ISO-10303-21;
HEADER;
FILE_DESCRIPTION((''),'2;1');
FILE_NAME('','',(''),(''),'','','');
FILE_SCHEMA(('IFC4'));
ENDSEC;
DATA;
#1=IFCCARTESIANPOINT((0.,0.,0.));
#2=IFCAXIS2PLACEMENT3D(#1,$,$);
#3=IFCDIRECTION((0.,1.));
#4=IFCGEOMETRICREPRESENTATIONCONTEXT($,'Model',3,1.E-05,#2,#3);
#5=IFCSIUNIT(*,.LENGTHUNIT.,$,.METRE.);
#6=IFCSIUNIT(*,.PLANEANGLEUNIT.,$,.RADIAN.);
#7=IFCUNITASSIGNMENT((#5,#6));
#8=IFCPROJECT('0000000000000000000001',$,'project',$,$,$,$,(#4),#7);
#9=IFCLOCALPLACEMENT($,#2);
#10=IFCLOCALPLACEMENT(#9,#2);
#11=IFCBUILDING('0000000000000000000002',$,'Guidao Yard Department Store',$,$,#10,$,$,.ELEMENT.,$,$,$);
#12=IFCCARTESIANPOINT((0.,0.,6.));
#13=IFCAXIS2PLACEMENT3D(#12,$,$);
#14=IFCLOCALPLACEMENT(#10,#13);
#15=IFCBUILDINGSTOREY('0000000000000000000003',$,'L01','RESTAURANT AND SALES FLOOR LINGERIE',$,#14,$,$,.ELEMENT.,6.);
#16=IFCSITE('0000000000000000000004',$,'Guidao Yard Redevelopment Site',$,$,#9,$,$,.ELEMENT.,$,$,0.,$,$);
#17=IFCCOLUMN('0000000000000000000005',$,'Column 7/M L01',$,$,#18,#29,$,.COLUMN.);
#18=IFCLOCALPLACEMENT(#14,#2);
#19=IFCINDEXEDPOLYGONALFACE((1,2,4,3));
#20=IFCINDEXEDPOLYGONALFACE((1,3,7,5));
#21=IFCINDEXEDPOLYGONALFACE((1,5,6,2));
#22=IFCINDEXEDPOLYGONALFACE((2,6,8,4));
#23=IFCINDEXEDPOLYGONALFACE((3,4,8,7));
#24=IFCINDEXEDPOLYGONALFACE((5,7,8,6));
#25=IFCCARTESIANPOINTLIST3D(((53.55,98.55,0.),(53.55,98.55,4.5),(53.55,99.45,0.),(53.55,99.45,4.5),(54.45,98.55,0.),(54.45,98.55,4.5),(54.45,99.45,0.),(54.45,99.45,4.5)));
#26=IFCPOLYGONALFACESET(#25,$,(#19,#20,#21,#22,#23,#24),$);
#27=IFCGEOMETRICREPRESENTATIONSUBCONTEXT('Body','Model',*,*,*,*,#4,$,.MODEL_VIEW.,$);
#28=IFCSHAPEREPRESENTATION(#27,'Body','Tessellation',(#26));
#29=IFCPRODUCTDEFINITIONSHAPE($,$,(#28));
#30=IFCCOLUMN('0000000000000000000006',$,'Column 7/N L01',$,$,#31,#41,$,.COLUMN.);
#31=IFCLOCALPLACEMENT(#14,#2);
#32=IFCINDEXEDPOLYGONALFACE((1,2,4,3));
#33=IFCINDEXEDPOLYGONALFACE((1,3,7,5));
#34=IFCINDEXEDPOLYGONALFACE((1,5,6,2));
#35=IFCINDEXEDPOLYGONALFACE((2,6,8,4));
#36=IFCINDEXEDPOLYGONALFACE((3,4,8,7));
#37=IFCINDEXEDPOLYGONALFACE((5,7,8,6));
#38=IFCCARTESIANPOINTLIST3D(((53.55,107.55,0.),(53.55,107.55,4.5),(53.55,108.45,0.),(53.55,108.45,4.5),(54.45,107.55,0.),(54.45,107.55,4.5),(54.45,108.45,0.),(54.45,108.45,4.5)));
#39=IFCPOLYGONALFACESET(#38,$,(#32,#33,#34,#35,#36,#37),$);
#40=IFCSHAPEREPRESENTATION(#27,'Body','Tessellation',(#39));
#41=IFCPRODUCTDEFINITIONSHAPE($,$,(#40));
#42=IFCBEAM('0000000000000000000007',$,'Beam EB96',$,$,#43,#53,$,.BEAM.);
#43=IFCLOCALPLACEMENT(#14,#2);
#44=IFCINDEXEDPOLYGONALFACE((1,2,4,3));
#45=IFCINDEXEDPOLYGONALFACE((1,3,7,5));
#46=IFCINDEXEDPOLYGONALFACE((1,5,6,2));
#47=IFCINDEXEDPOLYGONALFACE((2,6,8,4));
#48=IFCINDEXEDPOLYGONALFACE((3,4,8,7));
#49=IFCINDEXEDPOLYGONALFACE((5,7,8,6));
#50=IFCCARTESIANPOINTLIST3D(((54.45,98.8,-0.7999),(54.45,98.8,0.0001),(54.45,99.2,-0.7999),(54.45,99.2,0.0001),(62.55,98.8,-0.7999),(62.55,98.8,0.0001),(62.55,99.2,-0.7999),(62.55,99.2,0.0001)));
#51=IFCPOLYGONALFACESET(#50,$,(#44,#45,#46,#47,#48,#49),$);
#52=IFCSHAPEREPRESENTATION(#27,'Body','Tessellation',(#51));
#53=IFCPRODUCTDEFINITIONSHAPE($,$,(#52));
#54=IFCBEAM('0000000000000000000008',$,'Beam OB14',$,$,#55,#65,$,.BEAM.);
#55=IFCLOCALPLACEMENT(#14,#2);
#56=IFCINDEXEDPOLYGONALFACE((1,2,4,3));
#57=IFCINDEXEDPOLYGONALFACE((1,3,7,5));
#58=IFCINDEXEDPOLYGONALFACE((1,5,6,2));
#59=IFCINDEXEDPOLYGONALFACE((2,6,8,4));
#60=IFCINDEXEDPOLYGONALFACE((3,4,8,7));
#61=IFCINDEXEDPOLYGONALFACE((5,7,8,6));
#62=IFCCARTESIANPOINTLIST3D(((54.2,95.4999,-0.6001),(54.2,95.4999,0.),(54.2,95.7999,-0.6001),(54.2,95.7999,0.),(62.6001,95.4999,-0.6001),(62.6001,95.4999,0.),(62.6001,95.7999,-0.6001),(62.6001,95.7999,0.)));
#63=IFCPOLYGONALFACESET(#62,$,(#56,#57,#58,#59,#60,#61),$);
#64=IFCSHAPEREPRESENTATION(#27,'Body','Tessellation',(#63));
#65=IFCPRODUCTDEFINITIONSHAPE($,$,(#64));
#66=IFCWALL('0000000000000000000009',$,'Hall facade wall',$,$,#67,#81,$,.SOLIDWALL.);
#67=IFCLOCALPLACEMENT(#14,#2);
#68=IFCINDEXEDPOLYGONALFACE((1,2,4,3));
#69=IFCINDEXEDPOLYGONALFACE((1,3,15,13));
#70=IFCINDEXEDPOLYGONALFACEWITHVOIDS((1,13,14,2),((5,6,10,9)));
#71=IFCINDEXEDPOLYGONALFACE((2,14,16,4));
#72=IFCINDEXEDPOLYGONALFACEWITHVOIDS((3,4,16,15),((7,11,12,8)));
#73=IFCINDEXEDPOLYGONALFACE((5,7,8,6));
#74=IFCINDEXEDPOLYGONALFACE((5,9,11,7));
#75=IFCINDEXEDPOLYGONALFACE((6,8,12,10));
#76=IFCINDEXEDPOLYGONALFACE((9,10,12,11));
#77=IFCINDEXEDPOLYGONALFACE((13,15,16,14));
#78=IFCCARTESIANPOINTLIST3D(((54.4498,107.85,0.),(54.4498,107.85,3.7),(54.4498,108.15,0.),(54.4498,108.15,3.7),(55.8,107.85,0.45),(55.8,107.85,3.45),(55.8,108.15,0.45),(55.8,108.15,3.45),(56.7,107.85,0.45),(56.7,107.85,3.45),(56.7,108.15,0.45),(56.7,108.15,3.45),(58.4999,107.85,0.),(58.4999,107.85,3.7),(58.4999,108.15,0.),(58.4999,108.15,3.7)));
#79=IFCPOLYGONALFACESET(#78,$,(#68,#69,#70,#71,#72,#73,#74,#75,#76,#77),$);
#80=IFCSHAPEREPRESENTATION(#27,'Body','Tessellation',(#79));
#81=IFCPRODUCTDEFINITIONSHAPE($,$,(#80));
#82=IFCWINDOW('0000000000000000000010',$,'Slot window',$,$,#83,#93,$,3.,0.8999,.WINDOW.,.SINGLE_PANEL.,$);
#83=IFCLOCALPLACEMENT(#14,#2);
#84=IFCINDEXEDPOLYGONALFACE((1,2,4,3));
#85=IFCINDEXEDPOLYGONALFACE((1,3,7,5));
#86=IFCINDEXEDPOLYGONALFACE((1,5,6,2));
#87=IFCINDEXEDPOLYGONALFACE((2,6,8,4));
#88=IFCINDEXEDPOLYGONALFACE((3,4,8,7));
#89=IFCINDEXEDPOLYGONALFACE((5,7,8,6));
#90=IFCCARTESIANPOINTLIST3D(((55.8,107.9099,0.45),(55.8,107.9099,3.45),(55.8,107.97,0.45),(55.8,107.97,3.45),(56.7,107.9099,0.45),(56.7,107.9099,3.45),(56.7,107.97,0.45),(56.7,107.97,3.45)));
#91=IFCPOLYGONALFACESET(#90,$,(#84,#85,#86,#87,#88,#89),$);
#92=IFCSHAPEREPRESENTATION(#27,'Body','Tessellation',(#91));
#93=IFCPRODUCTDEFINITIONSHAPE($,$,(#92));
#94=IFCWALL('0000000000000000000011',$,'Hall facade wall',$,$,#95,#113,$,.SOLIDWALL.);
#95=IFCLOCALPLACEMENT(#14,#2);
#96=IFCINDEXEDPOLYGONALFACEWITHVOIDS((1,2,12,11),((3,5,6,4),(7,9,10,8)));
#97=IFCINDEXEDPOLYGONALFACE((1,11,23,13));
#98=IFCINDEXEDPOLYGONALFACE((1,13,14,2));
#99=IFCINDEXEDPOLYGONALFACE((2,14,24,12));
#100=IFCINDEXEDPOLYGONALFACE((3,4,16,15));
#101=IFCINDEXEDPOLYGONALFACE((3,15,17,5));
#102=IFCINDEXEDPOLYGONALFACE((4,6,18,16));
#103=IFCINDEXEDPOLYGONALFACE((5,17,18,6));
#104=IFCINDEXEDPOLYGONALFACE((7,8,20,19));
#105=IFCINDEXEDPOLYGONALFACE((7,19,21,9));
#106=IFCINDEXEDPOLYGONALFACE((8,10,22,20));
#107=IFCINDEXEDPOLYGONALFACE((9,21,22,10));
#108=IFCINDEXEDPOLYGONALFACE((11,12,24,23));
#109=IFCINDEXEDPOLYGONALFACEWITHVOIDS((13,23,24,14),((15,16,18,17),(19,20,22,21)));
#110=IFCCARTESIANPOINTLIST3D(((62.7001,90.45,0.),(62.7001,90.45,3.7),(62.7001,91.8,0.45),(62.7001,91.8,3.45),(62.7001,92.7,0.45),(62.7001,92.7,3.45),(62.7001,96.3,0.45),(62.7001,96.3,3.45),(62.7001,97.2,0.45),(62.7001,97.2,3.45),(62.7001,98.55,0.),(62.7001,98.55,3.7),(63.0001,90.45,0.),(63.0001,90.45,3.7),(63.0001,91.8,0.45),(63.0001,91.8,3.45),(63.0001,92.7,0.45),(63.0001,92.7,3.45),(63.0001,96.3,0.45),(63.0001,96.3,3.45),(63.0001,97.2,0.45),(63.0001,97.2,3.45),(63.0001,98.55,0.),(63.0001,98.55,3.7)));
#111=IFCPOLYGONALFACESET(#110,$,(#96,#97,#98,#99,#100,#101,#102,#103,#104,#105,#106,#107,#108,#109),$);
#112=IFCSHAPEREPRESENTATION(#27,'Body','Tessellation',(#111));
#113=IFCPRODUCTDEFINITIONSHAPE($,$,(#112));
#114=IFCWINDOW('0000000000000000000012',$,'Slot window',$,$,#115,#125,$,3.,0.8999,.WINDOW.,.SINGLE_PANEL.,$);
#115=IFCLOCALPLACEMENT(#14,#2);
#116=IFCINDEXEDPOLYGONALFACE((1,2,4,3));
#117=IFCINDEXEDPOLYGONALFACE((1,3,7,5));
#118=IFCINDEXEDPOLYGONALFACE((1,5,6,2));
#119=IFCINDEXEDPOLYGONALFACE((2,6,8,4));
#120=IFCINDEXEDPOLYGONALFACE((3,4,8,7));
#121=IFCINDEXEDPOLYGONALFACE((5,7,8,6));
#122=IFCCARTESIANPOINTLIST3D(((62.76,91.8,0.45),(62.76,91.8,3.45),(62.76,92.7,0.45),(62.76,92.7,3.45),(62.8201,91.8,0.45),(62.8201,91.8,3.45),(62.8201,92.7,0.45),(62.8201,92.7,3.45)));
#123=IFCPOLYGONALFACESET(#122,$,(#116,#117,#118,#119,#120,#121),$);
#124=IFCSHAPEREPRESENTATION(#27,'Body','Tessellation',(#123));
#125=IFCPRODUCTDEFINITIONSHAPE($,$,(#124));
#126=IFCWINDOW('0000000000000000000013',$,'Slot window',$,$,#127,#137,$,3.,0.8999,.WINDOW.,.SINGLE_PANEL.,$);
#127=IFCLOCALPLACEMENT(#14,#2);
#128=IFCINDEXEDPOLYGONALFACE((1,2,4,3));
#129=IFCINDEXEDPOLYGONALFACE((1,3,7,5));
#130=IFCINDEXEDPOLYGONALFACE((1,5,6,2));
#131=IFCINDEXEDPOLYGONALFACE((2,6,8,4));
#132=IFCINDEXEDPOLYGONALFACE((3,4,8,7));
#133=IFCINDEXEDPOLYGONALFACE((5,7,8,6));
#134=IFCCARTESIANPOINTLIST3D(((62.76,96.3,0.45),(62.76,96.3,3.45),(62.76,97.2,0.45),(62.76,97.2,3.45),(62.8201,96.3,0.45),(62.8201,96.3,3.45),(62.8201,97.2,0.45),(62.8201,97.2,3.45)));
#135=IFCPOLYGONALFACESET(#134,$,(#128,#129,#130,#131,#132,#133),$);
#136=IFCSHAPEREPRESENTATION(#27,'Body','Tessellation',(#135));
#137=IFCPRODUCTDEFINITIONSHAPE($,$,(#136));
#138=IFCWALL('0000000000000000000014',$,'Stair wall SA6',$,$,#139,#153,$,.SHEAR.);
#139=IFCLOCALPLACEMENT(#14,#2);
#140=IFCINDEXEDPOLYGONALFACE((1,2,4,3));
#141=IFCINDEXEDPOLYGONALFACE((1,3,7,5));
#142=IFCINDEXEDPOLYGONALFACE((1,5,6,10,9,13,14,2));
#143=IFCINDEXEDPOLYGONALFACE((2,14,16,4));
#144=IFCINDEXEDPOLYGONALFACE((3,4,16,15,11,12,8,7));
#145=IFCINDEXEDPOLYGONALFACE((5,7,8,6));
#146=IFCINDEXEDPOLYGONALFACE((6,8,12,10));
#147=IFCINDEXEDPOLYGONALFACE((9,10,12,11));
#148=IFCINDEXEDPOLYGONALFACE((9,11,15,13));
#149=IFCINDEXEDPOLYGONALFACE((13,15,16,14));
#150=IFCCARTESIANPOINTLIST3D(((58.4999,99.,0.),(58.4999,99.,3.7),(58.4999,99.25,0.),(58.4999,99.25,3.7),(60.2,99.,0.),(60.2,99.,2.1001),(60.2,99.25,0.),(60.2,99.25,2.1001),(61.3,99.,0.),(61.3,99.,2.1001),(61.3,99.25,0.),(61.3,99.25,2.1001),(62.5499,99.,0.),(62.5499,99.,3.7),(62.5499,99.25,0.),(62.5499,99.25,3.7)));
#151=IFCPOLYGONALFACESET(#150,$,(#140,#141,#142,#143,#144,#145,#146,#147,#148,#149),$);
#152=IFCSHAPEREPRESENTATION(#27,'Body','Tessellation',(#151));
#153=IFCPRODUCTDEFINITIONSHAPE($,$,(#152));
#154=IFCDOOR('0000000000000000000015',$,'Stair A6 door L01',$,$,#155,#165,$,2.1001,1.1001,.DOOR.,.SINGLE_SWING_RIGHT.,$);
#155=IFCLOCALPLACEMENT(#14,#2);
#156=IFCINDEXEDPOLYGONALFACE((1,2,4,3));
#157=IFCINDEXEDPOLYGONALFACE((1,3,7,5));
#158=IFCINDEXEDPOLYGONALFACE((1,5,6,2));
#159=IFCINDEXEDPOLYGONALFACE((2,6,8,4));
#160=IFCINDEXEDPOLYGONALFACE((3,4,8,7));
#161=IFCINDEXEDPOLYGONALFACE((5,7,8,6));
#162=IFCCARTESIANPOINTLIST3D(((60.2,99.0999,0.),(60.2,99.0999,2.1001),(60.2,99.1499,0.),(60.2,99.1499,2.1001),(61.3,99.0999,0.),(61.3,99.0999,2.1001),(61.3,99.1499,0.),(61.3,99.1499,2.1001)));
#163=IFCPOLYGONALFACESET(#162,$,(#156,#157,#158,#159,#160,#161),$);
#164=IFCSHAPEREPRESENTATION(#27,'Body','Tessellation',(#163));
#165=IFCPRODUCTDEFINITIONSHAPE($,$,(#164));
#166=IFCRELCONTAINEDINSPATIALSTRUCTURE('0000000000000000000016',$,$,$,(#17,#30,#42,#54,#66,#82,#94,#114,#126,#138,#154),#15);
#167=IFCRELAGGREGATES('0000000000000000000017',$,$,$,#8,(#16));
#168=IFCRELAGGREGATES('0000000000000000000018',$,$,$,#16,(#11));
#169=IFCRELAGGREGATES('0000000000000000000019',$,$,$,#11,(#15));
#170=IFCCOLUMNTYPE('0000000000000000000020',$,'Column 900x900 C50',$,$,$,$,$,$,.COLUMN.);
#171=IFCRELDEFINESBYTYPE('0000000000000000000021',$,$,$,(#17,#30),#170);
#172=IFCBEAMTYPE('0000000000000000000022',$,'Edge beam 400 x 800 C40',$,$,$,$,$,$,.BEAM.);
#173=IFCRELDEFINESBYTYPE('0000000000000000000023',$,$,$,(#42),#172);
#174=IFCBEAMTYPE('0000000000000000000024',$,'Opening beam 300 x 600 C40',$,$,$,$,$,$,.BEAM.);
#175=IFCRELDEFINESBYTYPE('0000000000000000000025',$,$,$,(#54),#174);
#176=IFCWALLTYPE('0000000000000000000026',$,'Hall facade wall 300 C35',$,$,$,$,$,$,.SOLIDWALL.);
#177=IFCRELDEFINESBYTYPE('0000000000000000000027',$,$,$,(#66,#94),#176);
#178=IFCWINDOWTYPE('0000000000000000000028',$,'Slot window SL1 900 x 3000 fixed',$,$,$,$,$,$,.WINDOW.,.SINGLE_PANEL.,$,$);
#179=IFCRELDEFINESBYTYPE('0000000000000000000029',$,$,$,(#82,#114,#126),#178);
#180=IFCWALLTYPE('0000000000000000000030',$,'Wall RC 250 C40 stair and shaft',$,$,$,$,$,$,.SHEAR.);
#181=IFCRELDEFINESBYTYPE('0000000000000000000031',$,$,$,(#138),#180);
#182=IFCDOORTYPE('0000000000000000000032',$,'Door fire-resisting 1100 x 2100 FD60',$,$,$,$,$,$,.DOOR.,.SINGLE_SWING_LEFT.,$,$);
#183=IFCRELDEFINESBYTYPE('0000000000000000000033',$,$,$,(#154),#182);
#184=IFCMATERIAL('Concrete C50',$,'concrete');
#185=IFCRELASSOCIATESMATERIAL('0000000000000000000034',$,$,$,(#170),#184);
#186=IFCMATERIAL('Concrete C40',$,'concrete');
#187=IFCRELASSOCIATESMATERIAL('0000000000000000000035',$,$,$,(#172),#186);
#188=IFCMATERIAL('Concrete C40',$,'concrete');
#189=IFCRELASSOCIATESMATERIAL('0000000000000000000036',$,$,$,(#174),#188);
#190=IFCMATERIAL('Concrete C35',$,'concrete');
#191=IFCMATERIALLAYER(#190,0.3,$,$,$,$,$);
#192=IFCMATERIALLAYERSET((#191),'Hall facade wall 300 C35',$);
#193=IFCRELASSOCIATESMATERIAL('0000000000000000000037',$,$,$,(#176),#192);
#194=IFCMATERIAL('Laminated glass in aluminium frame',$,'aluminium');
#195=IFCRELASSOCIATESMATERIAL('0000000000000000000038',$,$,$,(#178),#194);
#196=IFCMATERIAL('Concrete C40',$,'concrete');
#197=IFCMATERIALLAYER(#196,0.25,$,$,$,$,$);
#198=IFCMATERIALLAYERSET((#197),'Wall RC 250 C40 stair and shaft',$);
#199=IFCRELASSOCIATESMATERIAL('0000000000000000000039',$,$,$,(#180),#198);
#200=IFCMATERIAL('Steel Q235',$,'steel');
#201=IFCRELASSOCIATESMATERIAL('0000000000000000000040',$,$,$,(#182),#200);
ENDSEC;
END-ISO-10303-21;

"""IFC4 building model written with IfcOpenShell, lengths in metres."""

from ifc_helpers import new_model, si_unit, direction, frame, frame_2d, origin, origin_2d, place, context, subcontext, project, spatial, rectangle, extrude, material, layer, layer_set, material_profile, profile_set, type_object, element, fill, save


model = new_model("IFC4")

# Units and contexts
model_context = context("Model", 3, precision=1e-05, world=origin(), true_north=direction((0.0, 1.0)))
body_context = subcontext(model_context, "Body", "Model", "MODEL_VIEW")
ifc_project = project(units=[si_unit("LENGTHUNIT", "METRE"), si_unit("PLANEANGLEUNIT", "RADIAN")], contexts=[model_context])

# Site, building, storey
site_placement = place(None, origin())
site = spatial("IfcSite", under=ifc_project, at=site_placement, Name="Guidao Yard Redevelopment Site", CompositionType="ELEMENT", RefElevation=0.0)
building_placement = place(site_placement, origin())
building = spatial("IfcBuilding", under=site, at=building_placement, Name="Guidao Yard Department Store", CompositionType="ELEMENT")
storey_placement = place(building_placement, frame((0.0, 0.0, 6.0)))
storey = spatial("IfcBuildingStorey", under=building, at=storey_placement, Name="L01", Description="RESTAURANT AND SALES FLOOR LINGERIE", CompositionType="ELEMENT", Elevation=6.0)

# Columns
ifc_material_1 = material(Name="Concrete C50", Category="concrete")
ifc_material_profile_1 = material_profile(ifc_material_1, rectangle(XDim=0.8999, YDim=0.8999, at=origin_2d()), Name="COL 900x900")
ifc_profile_set_1 = profile_set([ifc_material_profile_1], Name="Concrete C50")
column_type = type_object("IfcColumnType", Name="Column 900x900 C50", PredefinedType="COLUMN", material=ifc_profile_set_1)
for number, where, z_axis, x_axis, name in (
    (1, (54.0, 99.0, 0.0), (0.0, 0.0, 1.0), (1.0, 0.0, 0.0), "Column 7/M L01"),
    (2, (54.0, 108.0, 0.0), (0.0, 0.0, 1.0), (1.0, 0.0, 0.0), "Column 7/N L01"),
):
    element("IfcColumn", number, at=place(storey_placement, frame(where, z_axis=z_axis, x_axis=x_axis)), inside=storey, type_object=column_type, Name=name, PredefinedType="COLUMN", context=body_context, shape_type="SweptSolid", body=[
        extrude(rectangle(XDim=0.8999, YDim=0.8999, at=origin_2d()), origin(), (0.0, 0.0, 1.0), 4.5),
    ])

# Beams
ifc_material_2 = material(Name="Concrete C40", Category="concrete")
ifc_material_profile_2 = material_profile(ifc_material_2, rectangle(XDim=0.3999, YDim=0.8, at=origin_2d()), Name="Edge beam 400 x 800 C40")
ifc_profile_set_2 = profile_set([ifc_material_profile_2], Name="Concrete C40")
beam_type_1 = type_object("IfcBeamType", Name="Edge beam 400 x 800 C40", PredefinedType="BEAM", material=ifc_profile_set_2)
beam_1_placement = place(storey_placement, frame((54.45, 99.0, -0.3999), z_axis=(1.0, 0.0, 0.0), x_axis=(0.0, 1.0, 0.0)))
element("IfcBeam", 3, at=beam_1_placement, inside=storey, type_object=beam_type_1, Name="Beam EB96", PredefinedType="BEAM", context=body_context, shape_type="SweptSolid", body=[
    extrude(rectangle(XDim=0.3999, YDim=0.8, at=origin_2d()), origin(), (0.0, 0.0, 1.0), 8.1001),
])
ifc_material_3 = material(Name="Concrete C40", Category="concrete")
ifc_material_profile_3 = material_profile(ifc_material_3, rectangle(XDim=0.3, YDim=0.6001, at=origin_2d()), Name="Opening beam 300 x 600 C40")
ifc_profile_set_3 = profile_set([ifc_material_profile_3], Name="Concrete C40")
beam_type_2 = type_object("IfcBeamType", Name="Opening beam 300 x 600 C40", PredefinedType="BEAM", material=ifc_profile_set_3)
beam_2_placement = place(storey_placement, frame((54.2, 95.6499, -0.3), z_axis=(1.0, 0.0, 0.0), x_axis=(0.0, 1.0, 0.0)))
element("IfcBeam", 4, at=beam_2_placement, inside=storey, type_object=beam_type_2, Name="Beam OB14", PredefinedType="BEAM", context=body_context, shape_type="SweptSolid", body=[
    extrude(rectangle(XDim=0.3, YDim=0.6001, at=origin_2d()), origin(), (0.0, 0.0, 1.0), 8.4001),
])

# Wall, opening, window
ifc_material_4 = material(Name="Concrete C35", Category="concrete")
ifc_layer_1 = layer(ifc_material_4, 0.3)
ifc_layer_set_1 = layer_set([ifc_layer_1], Name="Hall facade wall 300 C35")
wall_type_1 = type_object("IfcWallType", Name="Hall facade wall 300 C35", PredefinedType="SOLIDWALL", material=ifc_layer_set_1)
wall_1_placement = place(storey_placement, frame((54.45, 108.0, 0.0), z_axis=(0.0, 0.0, 1.0), x_axis=(1.0, 0.0, 0.0)))
wall_1 = element("IfcWall", 5, at=wall_1_placement, inside=storey, type_object=wall_type_1, Name="Hall facade wall", PredefinedType="SOLIDWALL", context=body_context, shape_type="SweptSolid", body=[
    extrude(rectangle(XDim=4.05, YDim=0.3, at=frame_2d((2.0249, 0.0))), origin(), (0.0, 0.0, 1.0), 3.7),
])
opening_1_placement = place(wall_1_placement, frame((1.3501, 0.0, 0.45)))
opening_1 = element("IfcOpeningElement", 6, at=opening_1_placement, cuts=wall_1, PredefinedType="OPENING", context=body_context, shape_type="SweptSolid", body=[
    extrude(rectangle(XDim=0.8999, YDim=3.0, at=frame_2d((0.45, 1.5))), frame((0.0, 0.1599, 0.0), z_axis=(0.0, -1.0, 0.0), x_axis=(1.0, 0.0, 0.0)), (0.0, 0.0, 1.0), 0.3201),
])
ifc_material_5 = material(Name="Laminated glass in aluminium frame", Category="aluminium")
window_type = type_object("IfcWindowType", Name="Slot window SL1 900 x 3000 fixed", PartitioningType="SINGLE_PANEL", PredefinedType="WINDOW", material=ifc_material_5)
window_1_placement = place(opening_1_placement, origin())
window_1 = element("IfcWindow", 7, at=window_1_placement, inside=storey, type_object=window_type, Name="Slot window", OverallHeight=3.0, OverallWidth=0.8999, PartitioningType="SINGLE_PANEL", PredefinedType="WINDOW", context=body_context, shape_type="SweptSolid", body=[
    extrude(rectangle(XDim=0.8999, YDim=3.0, at=frame_2d((0.45, 1.5))), frame((0.0, -0.03, 0.0), z_axis=(0.0, -1.0, 0.0), x_axis=(1.0, 0.0, 0.0)), (0.0, 0.0, 1.0), 0.0601),
])
fill(opening_1, window_1)

# Wall, openings, windows
wall_2_placement = place(storey_placement, frame((62.8501, 98.55, 0.0), z_axis=(0.0, 0.0, 1.0), x_axis=(0.0, -1.0, 0.0)))
wall_2 = element("IfcWall", 8, at=wall_2_placement, inside=storey, type_object=wall_type_1, Name="Hall facade wall", PredefinedType="SOLIDWALL", context=body_context, shape_type="SweptSolid", body=[
    extrude(rectangle(XDim=8.1001, YDim=0.3, at=frame_2d((4.05, 0.0))), origin(), (0.0, 0.0, 1.0), 3.7),
])
opening_2_placement = place(wall_2_placement, frame((5.8501, 0.0, 0.45)))
opening_2 = element("IfcOpeningElement", 9, at=opening_2_placement, cuts=wall_2, PredefinedType="OPENING", context=body_context, shape_type="SweptSolid", body=[
    extrude(rectangle(XDim=0.8999, YDim=3.0, at=frame_2d((0.45, 1.5))), frame((0.0, 0.1599, 0.0), z_axis=(0.0, -1.0, 0.0), x_axis=(1.0, 0.0, 0.0)), (0.0, 0.0, 1.0), 0.3201),
])
opening_3_placement = place(wall_2_placement, frame((1.3501, 0.0, 0.45)))
opening_3 = element("IfcOpeningElement", 10, at=opening_3_placement, cuts=wall_2, PredefinedType="OPENING", context=body_context, shape_type="SweptSolid", body=[
    extrude(rectangle(XDim=0.8999, YDim=3.0, at=frame_2d((0.45, 1.5))), frame((0.0, 0.1599, 0.0), z_axis=(0.0, -1.0, 0.0), x_axis=(1.0, 0.0, 0.0)), (0.0, 0.0, 1.0), 0.3201),
])
window_2_placement = place(opening_2_placement, origin())
window_2 = element("IfcWindow", 11, at=window_2_placement, inside=storey, type_object=window_type, Name="Slot window", OverallHeight=3.0, OverallWidth=0.8999, PartitioningType="SINGLE_PANEL", PredefinedType="WINDOW", context=body_context, shape_type="SweptSolid", body=[
    extrude(rectangle(XDim=0.8999, YDim=3.0, at=frame_2d((0.45, 1.5))), frame((0.0, -0.03, 0.0), z_axis=(0.0, -1.0, 0.0), x_axis=(1.0, 0.0, 0.0)), (0.0, 0.0, 1.0), 0.0601),
])
fill(opening_2, window_2)
window_3_placement = place(opening_3_placement, origin())
window_3 = element("IfcWindow", 12, at=window_3_placement, inside=storey, type_object=window_type, Name="Slot window", OverallHeight=3.0, OverallWidth=0.8999, PartitioningType="SINGLE_PANEL", PredefinedType="WINDOW", context=body_context, shape_type="SweptSolid", body=[
    extrude(rectangle(XDim=0.8999, YDim=3.0, at=frame_2d((0.45, 1.5))), frame((0.0, -0.03, 0.0), z_axis=(0.0, -1.0, 0.0), x_axis=(1.0, 0.0, 0.0)), (0.0, 0.0, 1.0), 0.0601),
])
fill(opening_3, window_3)

# Wall, opening, door
ifc_material_6 = material(Name="Concrete C40", Category="concrete")
ifc_layer_2 = layer(ifc_material_6, 0.25)
ifc_layer_set_2 = layer_set([ifc_layer_2], Name="Wall RC 250 C40 stair and shaft")
wall_type_2 = type_object("IfcWallType", Name="Wall RC 250 C40 stair and shaft", PredefinedType="SHEAR", material=ifc_layer_set_2)
wall_3_placement = place(storey_placement, frame((58.5, 99.125, 0.0), z_axis=(0.0, 0.0, 1.0), x_axis=(1.0, 0.0, 0.0)))
wall_3 = element("IfcWall", 13, at=wall_3_placement, inside=storey, type_object=wall_type_2, Name="Stair wall SA6", PredefinedType="SHEAR", context=body_context, shape_type="SweptSolid", body=[
    extrude(rectangle(XDim=4.05, YDim=0.25, at=frame_2d((2.0249, 0.0))), origin(), (0.0, 0.0, 1.0), 3.7),
])
opening_4_placement = place(wall_3_placement, frame((1.7, 0.0, 0.0)))
opening_4 = element("IfcOpeningElement", 14, at=opening_4_placement, cuts=wall_3, PredefinedType="OPENING", context=body_context, shape_type="SweptSolid", body=[
    extrude(rectangle(XDim=1.1001, YDim=2.1001, at=frame_2d((0.55, 1.05))), frame((0.0, 0.135, 0.0), z_axis=(0.0, -1.0, 0.0), x_axis=(1.0, 0.0, 0.0)), (0.0, 0.0, 1.0), 0.27),
])
ifc_material_7 = material(Name="Steel Q235", Category="steel")
door_type_1 = type_object("IfcDoorType", Name="Door fire-resisting 1100 x 2100 FD60", OperationType="SINGLE_SWING_LEFT", PredefinedType="DOOR", material=ifc_material_7)
door_1_placement = place(opening_4_placement, origin())
door_1 = element("IfcDoor", 15, at=door_1_placement, inside=storey, type_object=door_type_1, Name="Stair A6 door L01", OperationType="SINGLE_SWING_RIGHT", OverallHeight=2.1001, OverallWidth=1.1001, PredefinedType="DOOR", context=body_context, shape_type="SweptSolid", body=[
    extrude(rectangle(XDim=1.1001, YDim=2.1001, at=frame_2d((0.55, 1.05))), frame((0.0, 0.0249, 0.0), z_axis=(0.0, -1.0, 0.0), x_axis=(1.0, 0.0, 0.0)), (0.0, 0.0, 1.0), 0.05),
])
fill(opening_4, door_1)

save(model, "model.ifc")
